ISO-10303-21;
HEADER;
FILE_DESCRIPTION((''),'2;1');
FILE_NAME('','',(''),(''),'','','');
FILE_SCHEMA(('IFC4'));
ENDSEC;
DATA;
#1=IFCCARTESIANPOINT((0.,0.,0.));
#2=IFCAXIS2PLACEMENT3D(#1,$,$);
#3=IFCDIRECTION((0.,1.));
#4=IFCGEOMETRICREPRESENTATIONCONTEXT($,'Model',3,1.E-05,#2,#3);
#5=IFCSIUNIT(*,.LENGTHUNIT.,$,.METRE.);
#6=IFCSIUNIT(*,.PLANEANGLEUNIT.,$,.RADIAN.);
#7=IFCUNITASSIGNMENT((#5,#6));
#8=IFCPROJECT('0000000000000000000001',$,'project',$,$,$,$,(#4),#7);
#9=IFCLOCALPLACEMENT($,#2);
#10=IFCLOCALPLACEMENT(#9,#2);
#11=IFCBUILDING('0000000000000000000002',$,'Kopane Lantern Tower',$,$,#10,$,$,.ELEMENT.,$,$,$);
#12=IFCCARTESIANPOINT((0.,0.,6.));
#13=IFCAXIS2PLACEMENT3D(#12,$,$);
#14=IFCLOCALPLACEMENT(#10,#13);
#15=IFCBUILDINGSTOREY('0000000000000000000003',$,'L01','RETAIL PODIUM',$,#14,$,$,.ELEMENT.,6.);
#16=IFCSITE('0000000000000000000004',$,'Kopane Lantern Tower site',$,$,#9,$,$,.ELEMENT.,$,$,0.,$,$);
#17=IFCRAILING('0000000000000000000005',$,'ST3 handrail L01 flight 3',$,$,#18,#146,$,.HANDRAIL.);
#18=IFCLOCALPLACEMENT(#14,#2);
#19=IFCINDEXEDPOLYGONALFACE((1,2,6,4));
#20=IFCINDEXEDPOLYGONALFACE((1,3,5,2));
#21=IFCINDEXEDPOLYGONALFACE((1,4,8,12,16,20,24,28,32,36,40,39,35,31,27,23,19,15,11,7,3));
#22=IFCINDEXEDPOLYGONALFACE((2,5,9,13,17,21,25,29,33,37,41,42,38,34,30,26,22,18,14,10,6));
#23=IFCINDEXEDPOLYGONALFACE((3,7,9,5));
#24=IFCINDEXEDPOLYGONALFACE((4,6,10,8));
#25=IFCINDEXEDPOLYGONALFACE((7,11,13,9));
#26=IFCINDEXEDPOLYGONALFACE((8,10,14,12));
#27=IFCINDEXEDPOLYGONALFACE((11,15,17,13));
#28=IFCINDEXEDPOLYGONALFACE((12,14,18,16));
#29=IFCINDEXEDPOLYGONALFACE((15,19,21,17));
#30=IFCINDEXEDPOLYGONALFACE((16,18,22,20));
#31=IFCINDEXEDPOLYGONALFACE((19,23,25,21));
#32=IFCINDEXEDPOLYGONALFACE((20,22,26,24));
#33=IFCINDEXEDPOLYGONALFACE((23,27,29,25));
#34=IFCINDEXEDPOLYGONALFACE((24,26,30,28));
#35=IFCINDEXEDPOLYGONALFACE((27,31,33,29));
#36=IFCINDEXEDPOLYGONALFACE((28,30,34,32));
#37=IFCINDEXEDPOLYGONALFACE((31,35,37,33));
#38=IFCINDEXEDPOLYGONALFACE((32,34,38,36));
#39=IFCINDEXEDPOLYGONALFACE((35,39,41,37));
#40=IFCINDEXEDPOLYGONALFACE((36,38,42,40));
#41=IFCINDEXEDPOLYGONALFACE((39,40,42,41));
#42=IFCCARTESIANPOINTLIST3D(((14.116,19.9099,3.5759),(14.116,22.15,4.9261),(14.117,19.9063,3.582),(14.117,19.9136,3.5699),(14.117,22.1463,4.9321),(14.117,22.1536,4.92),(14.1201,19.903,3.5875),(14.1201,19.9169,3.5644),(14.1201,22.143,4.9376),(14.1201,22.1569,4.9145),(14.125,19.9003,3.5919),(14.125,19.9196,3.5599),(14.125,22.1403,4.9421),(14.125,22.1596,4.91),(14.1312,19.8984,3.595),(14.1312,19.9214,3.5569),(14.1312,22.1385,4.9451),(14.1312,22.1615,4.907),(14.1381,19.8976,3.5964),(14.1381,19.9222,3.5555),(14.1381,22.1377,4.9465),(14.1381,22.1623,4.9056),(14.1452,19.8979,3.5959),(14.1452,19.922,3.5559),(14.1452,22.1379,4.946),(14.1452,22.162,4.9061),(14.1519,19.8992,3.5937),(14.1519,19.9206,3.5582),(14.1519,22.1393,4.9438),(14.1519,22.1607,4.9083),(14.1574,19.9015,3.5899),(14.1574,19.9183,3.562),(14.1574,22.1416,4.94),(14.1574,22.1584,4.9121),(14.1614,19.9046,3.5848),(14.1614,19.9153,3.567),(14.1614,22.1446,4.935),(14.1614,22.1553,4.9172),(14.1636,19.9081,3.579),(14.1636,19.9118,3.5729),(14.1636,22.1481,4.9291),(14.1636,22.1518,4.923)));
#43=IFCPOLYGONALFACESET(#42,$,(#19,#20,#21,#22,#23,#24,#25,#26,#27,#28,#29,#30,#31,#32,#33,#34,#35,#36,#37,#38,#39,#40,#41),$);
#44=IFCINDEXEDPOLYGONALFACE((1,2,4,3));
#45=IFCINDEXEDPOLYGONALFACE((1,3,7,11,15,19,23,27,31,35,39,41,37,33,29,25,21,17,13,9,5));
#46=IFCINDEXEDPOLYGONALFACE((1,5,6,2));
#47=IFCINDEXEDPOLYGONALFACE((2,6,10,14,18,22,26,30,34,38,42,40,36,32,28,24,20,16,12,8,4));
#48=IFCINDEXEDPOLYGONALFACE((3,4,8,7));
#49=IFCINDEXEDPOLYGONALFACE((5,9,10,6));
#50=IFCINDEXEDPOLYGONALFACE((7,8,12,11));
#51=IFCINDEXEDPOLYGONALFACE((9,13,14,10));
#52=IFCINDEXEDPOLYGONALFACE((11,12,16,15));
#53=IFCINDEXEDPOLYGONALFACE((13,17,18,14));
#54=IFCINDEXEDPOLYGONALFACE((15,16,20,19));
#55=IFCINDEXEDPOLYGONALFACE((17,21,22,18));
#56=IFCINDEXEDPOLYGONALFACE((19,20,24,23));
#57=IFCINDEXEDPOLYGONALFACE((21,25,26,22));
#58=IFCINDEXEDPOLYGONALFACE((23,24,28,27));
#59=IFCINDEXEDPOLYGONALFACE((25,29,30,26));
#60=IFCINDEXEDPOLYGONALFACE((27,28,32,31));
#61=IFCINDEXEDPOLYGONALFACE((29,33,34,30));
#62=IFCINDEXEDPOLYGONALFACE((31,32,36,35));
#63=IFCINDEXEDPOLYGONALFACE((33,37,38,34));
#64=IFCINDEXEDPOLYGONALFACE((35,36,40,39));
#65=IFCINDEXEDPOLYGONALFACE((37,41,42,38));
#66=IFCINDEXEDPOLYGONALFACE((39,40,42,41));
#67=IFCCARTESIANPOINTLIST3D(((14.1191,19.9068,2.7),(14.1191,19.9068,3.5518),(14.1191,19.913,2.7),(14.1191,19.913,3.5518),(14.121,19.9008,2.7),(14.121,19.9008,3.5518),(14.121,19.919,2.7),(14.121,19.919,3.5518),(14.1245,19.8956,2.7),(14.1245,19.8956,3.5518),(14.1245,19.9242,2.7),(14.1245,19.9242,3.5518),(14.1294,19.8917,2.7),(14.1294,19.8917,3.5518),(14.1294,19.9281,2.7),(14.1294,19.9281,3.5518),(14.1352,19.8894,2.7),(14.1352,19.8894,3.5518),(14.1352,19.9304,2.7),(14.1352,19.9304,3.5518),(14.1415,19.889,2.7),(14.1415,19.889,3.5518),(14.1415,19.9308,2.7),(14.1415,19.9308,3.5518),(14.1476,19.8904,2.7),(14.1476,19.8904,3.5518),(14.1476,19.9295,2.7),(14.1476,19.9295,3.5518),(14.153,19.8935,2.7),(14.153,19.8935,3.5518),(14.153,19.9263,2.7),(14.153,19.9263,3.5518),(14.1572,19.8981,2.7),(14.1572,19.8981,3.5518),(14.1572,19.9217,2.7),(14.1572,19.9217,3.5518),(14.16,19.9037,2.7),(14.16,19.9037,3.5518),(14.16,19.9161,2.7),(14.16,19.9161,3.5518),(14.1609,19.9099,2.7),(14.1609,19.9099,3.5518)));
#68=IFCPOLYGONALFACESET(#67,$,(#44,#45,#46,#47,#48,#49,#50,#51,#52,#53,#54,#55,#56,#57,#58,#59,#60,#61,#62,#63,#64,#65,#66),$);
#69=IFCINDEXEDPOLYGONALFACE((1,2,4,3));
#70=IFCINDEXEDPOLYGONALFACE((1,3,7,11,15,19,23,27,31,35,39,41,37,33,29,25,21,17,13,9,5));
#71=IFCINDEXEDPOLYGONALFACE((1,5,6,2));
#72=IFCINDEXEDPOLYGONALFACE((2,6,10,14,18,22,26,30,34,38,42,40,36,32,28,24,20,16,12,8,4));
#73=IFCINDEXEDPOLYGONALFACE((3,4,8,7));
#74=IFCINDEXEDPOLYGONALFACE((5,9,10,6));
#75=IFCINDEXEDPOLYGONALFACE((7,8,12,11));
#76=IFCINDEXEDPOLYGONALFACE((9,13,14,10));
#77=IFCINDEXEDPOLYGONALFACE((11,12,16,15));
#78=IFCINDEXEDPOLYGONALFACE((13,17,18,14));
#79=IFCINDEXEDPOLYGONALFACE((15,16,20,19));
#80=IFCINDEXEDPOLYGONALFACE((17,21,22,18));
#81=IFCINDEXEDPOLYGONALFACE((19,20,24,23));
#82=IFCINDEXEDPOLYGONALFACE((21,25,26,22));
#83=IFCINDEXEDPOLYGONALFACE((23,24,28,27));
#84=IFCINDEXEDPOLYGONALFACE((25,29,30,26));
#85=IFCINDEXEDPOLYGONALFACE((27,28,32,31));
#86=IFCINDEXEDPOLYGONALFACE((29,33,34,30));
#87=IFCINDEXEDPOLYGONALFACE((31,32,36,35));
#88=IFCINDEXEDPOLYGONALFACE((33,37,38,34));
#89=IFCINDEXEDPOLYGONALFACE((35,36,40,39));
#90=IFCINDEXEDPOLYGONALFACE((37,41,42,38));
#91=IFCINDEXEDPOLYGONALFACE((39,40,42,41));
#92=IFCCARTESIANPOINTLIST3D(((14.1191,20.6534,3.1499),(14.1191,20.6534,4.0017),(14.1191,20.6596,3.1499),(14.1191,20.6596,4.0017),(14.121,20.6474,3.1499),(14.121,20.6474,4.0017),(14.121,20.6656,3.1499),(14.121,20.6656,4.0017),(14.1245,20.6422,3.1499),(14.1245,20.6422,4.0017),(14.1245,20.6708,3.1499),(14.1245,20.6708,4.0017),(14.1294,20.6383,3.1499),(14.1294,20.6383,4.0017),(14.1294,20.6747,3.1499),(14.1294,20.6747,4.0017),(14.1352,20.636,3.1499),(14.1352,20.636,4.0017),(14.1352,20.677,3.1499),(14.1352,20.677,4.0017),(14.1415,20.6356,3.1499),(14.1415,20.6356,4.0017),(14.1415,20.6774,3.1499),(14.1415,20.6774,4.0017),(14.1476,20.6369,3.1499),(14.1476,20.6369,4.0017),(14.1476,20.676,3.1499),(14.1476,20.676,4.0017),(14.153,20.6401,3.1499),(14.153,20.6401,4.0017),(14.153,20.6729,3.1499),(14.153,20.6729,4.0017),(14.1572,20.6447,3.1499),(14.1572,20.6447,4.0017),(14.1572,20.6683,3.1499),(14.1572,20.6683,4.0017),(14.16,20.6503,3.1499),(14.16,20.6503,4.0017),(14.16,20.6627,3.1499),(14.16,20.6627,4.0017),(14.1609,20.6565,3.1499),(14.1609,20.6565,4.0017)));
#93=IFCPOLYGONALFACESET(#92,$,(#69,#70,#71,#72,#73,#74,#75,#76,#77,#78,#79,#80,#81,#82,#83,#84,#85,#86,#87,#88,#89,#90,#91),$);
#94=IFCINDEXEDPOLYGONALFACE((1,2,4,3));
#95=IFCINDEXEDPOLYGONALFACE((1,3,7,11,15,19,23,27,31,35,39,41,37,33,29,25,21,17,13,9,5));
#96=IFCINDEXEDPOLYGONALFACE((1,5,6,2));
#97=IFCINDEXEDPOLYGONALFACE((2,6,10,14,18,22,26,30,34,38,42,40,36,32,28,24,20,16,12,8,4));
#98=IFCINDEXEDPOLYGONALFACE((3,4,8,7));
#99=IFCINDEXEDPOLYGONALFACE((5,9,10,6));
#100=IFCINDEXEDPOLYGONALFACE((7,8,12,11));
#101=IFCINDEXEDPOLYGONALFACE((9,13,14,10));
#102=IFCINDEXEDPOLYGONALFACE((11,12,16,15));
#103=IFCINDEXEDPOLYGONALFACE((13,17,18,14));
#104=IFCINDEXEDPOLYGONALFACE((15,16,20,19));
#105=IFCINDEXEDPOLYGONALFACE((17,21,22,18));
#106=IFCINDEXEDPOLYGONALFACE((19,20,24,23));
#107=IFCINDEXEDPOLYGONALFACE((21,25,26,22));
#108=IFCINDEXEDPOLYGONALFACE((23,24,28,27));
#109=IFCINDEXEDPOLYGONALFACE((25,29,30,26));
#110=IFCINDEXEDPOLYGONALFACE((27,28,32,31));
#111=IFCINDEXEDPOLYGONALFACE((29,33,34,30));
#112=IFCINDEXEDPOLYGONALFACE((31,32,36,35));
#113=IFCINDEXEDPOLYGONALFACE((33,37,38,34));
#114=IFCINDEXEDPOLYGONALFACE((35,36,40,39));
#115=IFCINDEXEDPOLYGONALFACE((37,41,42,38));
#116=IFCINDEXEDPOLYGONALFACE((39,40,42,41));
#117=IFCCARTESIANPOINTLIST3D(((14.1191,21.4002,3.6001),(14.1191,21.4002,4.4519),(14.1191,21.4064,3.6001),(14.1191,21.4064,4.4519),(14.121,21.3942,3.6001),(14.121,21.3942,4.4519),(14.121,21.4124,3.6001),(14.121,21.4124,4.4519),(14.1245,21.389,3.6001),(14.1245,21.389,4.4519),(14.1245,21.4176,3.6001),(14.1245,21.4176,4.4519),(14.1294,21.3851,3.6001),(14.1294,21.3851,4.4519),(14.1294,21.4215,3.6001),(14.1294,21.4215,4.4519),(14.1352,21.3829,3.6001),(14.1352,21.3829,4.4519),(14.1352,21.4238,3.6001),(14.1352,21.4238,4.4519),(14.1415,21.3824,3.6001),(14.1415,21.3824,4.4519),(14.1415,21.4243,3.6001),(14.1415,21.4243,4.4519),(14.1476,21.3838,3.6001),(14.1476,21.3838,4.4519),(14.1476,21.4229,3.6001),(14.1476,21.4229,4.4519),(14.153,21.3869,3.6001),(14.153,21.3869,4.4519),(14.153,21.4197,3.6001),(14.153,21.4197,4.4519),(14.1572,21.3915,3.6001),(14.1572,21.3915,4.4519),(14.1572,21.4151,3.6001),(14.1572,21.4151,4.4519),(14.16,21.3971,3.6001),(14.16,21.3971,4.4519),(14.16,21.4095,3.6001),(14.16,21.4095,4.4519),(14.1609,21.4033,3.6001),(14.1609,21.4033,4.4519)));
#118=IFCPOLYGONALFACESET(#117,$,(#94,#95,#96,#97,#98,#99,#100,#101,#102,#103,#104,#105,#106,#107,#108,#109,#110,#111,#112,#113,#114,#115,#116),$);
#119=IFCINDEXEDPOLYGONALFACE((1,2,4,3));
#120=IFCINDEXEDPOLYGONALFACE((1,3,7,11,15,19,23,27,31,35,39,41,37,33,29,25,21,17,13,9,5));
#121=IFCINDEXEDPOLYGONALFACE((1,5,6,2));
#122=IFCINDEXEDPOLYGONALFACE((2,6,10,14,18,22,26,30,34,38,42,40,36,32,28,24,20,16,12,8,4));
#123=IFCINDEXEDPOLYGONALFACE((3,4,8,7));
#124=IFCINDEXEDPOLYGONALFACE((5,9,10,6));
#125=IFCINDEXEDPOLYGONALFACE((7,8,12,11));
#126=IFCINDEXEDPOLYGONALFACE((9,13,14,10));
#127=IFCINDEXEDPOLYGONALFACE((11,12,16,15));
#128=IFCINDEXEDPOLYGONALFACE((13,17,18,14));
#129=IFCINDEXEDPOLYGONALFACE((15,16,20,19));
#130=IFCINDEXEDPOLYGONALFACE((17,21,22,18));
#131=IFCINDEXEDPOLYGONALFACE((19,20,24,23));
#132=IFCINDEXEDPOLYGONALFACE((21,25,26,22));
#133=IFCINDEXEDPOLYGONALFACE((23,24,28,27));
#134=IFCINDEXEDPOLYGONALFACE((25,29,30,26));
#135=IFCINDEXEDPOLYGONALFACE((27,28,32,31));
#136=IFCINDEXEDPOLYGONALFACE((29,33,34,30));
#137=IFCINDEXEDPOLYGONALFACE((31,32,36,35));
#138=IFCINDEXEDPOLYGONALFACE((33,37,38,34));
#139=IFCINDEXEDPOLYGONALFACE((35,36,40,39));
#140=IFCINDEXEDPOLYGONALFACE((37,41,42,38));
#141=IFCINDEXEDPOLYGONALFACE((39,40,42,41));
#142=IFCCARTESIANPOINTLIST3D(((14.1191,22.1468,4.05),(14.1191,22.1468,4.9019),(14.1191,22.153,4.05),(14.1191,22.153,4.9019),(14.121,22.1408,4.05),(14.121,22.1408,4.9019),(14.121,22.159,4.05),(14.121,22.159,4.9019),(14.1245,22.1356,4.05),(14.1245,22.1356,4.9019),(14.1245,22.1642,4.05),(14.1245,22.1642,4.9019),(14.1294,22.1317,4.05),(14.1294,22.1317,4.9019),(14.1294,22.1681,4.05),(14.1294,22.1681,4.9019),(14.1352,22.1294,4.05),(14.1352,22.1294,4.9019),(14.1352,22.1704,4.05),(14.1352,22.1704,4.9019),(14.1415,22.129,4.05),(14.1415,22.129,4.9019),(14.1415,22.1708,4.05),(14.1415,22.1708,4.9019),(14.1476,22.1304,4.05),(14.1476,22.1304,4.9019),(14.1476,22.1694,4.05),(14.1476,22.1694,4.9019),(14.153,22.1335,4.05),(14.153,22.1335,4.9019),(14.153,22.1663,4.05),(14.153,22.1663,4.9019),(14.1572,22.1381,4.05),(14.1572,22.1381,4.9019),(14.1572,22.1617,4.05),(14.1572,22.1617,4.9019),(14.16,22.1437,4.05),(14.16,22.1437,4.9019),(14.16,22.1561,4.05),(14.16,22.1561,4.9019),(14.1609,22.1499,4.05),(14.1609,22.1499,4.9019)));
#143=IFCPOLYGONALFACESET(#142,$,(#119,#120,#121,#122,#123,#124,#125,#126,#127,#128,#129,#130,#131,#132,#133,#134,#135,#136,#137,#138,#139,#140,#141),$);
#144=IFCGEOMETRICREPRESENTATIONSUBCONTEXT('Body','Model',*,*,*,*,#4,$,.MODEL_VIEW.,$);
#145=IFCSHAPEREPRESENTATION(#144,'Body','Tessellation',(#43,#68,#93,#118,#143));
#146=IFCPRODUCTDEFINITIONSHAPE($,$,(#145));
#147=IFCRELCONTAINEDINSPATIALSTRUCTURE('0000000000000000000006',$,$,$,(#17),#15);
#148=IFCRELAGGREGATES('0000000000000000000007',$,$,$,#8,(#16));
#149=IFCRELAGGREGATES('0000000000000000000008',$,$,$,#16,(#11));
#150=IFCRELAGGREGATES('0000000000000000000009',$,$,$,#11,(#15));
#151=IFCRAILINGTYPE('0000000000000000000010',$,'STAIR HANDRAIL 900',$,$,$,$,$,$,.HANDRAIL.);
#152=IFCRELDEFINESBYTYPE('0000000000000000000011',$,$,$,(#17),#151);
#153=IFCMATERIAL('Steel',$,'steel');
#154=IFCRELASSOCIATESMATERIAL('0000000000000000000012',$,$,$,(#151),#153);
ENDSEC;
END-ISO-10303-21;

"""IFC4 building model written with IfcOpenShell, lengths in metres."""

from ifc_helpers import new_model, si_unit, direction, frame, origin, origin_2d, place, context, subcontext, project, spatial, circle, extrude, material, type_object, element, save


model = new_model("IFC4")

# Units and contexts
model_context = context("Model", 3, precision=1e-05, world=origin(), true_north=direction((0.0, 1.0)))
body_context = subcontext(model_context, "Body", "Model", "MODEL_VIEW")
ifc_project = project(units=[si_unit("LENGTHUNIT", "METRE"), si_unit("PLANEANGLEUNIT", "RADIAN")], contexts=[model_context])

# Site, building, storey
site_placement = place(None, origin())
site = spatial("IfcSite", under=ifc_project, at=site_placement, Name="Kopane Lantern Tower site", CompositionType="ELEMENT", RefElevation=0.0)
building_placement = place(site_placement, origin())
building = spatial("IfcBuilding", under=site, at=building_placement, Name="Kopane Lantern Tower", CompositionType="ELEMENT")
storey_placement = place(building_placement, frame((0.0, 0.0, 6.0)))
storey = spatial("IfcBuildingStorey", under=building, at=storey_placement, Name="L01", Description="RETAIL PODIUM", CompositionType="ELEMENT", Elevation=6.0)

# Railing
ifc_material_1 = material(Name="Steel", Category="steel")
railing_type_1 = type_object("IfcRailingType", Name="STAIR HANDRAIL 900", PredefinedType="HANDRAIL", material=ifc_material_1)
for number, where, name in (
    (1, (14.1399, 19.9099, 2.7), "ST3 handrail L01 flight 3"),
):
    element("IfcRailing", number, at=place(storey_placement, frame(where)), inside=storey, type_object=railing_type_1, Name=name, PredefinedType="HANDRAIL", context=body_context, shape_type="SweptSolid", body=[
        extrude(circle(Radius=0.0239, at=origin_2d()), frame((0.0, 0.0, 0.876), z_axis=(0.0, 0.856462, 0.516211), x_axis=(-1.0, 0.0, 0.0)), (0.0, 0.0, 1.0), 2.6155),
        extrude(circle(Radius=0.021, at=origin_2d()), origin(), (0.0, 0.0, 1.0), 0.8518),
        extrude(circle(Radius=0.021, at=origin_2d()), frame((0.0, 0.7466, 0.45)), (0.0, 0.0, 1.0), 0.8518),
        extrude(circle(Radius=0.021, at=origin_2d()), frame((0.0, 1.4934, 0.9001)), (0.0, 0.0, 1.0), 0.8518),
        extrude(circle(Radius=0.021, at=origin_2d()), frame((0.0, 2.24, 1.3501)), (0.0, 0.0, 1.0), 0.8518),
    ])

save(model, "model.ifc")
